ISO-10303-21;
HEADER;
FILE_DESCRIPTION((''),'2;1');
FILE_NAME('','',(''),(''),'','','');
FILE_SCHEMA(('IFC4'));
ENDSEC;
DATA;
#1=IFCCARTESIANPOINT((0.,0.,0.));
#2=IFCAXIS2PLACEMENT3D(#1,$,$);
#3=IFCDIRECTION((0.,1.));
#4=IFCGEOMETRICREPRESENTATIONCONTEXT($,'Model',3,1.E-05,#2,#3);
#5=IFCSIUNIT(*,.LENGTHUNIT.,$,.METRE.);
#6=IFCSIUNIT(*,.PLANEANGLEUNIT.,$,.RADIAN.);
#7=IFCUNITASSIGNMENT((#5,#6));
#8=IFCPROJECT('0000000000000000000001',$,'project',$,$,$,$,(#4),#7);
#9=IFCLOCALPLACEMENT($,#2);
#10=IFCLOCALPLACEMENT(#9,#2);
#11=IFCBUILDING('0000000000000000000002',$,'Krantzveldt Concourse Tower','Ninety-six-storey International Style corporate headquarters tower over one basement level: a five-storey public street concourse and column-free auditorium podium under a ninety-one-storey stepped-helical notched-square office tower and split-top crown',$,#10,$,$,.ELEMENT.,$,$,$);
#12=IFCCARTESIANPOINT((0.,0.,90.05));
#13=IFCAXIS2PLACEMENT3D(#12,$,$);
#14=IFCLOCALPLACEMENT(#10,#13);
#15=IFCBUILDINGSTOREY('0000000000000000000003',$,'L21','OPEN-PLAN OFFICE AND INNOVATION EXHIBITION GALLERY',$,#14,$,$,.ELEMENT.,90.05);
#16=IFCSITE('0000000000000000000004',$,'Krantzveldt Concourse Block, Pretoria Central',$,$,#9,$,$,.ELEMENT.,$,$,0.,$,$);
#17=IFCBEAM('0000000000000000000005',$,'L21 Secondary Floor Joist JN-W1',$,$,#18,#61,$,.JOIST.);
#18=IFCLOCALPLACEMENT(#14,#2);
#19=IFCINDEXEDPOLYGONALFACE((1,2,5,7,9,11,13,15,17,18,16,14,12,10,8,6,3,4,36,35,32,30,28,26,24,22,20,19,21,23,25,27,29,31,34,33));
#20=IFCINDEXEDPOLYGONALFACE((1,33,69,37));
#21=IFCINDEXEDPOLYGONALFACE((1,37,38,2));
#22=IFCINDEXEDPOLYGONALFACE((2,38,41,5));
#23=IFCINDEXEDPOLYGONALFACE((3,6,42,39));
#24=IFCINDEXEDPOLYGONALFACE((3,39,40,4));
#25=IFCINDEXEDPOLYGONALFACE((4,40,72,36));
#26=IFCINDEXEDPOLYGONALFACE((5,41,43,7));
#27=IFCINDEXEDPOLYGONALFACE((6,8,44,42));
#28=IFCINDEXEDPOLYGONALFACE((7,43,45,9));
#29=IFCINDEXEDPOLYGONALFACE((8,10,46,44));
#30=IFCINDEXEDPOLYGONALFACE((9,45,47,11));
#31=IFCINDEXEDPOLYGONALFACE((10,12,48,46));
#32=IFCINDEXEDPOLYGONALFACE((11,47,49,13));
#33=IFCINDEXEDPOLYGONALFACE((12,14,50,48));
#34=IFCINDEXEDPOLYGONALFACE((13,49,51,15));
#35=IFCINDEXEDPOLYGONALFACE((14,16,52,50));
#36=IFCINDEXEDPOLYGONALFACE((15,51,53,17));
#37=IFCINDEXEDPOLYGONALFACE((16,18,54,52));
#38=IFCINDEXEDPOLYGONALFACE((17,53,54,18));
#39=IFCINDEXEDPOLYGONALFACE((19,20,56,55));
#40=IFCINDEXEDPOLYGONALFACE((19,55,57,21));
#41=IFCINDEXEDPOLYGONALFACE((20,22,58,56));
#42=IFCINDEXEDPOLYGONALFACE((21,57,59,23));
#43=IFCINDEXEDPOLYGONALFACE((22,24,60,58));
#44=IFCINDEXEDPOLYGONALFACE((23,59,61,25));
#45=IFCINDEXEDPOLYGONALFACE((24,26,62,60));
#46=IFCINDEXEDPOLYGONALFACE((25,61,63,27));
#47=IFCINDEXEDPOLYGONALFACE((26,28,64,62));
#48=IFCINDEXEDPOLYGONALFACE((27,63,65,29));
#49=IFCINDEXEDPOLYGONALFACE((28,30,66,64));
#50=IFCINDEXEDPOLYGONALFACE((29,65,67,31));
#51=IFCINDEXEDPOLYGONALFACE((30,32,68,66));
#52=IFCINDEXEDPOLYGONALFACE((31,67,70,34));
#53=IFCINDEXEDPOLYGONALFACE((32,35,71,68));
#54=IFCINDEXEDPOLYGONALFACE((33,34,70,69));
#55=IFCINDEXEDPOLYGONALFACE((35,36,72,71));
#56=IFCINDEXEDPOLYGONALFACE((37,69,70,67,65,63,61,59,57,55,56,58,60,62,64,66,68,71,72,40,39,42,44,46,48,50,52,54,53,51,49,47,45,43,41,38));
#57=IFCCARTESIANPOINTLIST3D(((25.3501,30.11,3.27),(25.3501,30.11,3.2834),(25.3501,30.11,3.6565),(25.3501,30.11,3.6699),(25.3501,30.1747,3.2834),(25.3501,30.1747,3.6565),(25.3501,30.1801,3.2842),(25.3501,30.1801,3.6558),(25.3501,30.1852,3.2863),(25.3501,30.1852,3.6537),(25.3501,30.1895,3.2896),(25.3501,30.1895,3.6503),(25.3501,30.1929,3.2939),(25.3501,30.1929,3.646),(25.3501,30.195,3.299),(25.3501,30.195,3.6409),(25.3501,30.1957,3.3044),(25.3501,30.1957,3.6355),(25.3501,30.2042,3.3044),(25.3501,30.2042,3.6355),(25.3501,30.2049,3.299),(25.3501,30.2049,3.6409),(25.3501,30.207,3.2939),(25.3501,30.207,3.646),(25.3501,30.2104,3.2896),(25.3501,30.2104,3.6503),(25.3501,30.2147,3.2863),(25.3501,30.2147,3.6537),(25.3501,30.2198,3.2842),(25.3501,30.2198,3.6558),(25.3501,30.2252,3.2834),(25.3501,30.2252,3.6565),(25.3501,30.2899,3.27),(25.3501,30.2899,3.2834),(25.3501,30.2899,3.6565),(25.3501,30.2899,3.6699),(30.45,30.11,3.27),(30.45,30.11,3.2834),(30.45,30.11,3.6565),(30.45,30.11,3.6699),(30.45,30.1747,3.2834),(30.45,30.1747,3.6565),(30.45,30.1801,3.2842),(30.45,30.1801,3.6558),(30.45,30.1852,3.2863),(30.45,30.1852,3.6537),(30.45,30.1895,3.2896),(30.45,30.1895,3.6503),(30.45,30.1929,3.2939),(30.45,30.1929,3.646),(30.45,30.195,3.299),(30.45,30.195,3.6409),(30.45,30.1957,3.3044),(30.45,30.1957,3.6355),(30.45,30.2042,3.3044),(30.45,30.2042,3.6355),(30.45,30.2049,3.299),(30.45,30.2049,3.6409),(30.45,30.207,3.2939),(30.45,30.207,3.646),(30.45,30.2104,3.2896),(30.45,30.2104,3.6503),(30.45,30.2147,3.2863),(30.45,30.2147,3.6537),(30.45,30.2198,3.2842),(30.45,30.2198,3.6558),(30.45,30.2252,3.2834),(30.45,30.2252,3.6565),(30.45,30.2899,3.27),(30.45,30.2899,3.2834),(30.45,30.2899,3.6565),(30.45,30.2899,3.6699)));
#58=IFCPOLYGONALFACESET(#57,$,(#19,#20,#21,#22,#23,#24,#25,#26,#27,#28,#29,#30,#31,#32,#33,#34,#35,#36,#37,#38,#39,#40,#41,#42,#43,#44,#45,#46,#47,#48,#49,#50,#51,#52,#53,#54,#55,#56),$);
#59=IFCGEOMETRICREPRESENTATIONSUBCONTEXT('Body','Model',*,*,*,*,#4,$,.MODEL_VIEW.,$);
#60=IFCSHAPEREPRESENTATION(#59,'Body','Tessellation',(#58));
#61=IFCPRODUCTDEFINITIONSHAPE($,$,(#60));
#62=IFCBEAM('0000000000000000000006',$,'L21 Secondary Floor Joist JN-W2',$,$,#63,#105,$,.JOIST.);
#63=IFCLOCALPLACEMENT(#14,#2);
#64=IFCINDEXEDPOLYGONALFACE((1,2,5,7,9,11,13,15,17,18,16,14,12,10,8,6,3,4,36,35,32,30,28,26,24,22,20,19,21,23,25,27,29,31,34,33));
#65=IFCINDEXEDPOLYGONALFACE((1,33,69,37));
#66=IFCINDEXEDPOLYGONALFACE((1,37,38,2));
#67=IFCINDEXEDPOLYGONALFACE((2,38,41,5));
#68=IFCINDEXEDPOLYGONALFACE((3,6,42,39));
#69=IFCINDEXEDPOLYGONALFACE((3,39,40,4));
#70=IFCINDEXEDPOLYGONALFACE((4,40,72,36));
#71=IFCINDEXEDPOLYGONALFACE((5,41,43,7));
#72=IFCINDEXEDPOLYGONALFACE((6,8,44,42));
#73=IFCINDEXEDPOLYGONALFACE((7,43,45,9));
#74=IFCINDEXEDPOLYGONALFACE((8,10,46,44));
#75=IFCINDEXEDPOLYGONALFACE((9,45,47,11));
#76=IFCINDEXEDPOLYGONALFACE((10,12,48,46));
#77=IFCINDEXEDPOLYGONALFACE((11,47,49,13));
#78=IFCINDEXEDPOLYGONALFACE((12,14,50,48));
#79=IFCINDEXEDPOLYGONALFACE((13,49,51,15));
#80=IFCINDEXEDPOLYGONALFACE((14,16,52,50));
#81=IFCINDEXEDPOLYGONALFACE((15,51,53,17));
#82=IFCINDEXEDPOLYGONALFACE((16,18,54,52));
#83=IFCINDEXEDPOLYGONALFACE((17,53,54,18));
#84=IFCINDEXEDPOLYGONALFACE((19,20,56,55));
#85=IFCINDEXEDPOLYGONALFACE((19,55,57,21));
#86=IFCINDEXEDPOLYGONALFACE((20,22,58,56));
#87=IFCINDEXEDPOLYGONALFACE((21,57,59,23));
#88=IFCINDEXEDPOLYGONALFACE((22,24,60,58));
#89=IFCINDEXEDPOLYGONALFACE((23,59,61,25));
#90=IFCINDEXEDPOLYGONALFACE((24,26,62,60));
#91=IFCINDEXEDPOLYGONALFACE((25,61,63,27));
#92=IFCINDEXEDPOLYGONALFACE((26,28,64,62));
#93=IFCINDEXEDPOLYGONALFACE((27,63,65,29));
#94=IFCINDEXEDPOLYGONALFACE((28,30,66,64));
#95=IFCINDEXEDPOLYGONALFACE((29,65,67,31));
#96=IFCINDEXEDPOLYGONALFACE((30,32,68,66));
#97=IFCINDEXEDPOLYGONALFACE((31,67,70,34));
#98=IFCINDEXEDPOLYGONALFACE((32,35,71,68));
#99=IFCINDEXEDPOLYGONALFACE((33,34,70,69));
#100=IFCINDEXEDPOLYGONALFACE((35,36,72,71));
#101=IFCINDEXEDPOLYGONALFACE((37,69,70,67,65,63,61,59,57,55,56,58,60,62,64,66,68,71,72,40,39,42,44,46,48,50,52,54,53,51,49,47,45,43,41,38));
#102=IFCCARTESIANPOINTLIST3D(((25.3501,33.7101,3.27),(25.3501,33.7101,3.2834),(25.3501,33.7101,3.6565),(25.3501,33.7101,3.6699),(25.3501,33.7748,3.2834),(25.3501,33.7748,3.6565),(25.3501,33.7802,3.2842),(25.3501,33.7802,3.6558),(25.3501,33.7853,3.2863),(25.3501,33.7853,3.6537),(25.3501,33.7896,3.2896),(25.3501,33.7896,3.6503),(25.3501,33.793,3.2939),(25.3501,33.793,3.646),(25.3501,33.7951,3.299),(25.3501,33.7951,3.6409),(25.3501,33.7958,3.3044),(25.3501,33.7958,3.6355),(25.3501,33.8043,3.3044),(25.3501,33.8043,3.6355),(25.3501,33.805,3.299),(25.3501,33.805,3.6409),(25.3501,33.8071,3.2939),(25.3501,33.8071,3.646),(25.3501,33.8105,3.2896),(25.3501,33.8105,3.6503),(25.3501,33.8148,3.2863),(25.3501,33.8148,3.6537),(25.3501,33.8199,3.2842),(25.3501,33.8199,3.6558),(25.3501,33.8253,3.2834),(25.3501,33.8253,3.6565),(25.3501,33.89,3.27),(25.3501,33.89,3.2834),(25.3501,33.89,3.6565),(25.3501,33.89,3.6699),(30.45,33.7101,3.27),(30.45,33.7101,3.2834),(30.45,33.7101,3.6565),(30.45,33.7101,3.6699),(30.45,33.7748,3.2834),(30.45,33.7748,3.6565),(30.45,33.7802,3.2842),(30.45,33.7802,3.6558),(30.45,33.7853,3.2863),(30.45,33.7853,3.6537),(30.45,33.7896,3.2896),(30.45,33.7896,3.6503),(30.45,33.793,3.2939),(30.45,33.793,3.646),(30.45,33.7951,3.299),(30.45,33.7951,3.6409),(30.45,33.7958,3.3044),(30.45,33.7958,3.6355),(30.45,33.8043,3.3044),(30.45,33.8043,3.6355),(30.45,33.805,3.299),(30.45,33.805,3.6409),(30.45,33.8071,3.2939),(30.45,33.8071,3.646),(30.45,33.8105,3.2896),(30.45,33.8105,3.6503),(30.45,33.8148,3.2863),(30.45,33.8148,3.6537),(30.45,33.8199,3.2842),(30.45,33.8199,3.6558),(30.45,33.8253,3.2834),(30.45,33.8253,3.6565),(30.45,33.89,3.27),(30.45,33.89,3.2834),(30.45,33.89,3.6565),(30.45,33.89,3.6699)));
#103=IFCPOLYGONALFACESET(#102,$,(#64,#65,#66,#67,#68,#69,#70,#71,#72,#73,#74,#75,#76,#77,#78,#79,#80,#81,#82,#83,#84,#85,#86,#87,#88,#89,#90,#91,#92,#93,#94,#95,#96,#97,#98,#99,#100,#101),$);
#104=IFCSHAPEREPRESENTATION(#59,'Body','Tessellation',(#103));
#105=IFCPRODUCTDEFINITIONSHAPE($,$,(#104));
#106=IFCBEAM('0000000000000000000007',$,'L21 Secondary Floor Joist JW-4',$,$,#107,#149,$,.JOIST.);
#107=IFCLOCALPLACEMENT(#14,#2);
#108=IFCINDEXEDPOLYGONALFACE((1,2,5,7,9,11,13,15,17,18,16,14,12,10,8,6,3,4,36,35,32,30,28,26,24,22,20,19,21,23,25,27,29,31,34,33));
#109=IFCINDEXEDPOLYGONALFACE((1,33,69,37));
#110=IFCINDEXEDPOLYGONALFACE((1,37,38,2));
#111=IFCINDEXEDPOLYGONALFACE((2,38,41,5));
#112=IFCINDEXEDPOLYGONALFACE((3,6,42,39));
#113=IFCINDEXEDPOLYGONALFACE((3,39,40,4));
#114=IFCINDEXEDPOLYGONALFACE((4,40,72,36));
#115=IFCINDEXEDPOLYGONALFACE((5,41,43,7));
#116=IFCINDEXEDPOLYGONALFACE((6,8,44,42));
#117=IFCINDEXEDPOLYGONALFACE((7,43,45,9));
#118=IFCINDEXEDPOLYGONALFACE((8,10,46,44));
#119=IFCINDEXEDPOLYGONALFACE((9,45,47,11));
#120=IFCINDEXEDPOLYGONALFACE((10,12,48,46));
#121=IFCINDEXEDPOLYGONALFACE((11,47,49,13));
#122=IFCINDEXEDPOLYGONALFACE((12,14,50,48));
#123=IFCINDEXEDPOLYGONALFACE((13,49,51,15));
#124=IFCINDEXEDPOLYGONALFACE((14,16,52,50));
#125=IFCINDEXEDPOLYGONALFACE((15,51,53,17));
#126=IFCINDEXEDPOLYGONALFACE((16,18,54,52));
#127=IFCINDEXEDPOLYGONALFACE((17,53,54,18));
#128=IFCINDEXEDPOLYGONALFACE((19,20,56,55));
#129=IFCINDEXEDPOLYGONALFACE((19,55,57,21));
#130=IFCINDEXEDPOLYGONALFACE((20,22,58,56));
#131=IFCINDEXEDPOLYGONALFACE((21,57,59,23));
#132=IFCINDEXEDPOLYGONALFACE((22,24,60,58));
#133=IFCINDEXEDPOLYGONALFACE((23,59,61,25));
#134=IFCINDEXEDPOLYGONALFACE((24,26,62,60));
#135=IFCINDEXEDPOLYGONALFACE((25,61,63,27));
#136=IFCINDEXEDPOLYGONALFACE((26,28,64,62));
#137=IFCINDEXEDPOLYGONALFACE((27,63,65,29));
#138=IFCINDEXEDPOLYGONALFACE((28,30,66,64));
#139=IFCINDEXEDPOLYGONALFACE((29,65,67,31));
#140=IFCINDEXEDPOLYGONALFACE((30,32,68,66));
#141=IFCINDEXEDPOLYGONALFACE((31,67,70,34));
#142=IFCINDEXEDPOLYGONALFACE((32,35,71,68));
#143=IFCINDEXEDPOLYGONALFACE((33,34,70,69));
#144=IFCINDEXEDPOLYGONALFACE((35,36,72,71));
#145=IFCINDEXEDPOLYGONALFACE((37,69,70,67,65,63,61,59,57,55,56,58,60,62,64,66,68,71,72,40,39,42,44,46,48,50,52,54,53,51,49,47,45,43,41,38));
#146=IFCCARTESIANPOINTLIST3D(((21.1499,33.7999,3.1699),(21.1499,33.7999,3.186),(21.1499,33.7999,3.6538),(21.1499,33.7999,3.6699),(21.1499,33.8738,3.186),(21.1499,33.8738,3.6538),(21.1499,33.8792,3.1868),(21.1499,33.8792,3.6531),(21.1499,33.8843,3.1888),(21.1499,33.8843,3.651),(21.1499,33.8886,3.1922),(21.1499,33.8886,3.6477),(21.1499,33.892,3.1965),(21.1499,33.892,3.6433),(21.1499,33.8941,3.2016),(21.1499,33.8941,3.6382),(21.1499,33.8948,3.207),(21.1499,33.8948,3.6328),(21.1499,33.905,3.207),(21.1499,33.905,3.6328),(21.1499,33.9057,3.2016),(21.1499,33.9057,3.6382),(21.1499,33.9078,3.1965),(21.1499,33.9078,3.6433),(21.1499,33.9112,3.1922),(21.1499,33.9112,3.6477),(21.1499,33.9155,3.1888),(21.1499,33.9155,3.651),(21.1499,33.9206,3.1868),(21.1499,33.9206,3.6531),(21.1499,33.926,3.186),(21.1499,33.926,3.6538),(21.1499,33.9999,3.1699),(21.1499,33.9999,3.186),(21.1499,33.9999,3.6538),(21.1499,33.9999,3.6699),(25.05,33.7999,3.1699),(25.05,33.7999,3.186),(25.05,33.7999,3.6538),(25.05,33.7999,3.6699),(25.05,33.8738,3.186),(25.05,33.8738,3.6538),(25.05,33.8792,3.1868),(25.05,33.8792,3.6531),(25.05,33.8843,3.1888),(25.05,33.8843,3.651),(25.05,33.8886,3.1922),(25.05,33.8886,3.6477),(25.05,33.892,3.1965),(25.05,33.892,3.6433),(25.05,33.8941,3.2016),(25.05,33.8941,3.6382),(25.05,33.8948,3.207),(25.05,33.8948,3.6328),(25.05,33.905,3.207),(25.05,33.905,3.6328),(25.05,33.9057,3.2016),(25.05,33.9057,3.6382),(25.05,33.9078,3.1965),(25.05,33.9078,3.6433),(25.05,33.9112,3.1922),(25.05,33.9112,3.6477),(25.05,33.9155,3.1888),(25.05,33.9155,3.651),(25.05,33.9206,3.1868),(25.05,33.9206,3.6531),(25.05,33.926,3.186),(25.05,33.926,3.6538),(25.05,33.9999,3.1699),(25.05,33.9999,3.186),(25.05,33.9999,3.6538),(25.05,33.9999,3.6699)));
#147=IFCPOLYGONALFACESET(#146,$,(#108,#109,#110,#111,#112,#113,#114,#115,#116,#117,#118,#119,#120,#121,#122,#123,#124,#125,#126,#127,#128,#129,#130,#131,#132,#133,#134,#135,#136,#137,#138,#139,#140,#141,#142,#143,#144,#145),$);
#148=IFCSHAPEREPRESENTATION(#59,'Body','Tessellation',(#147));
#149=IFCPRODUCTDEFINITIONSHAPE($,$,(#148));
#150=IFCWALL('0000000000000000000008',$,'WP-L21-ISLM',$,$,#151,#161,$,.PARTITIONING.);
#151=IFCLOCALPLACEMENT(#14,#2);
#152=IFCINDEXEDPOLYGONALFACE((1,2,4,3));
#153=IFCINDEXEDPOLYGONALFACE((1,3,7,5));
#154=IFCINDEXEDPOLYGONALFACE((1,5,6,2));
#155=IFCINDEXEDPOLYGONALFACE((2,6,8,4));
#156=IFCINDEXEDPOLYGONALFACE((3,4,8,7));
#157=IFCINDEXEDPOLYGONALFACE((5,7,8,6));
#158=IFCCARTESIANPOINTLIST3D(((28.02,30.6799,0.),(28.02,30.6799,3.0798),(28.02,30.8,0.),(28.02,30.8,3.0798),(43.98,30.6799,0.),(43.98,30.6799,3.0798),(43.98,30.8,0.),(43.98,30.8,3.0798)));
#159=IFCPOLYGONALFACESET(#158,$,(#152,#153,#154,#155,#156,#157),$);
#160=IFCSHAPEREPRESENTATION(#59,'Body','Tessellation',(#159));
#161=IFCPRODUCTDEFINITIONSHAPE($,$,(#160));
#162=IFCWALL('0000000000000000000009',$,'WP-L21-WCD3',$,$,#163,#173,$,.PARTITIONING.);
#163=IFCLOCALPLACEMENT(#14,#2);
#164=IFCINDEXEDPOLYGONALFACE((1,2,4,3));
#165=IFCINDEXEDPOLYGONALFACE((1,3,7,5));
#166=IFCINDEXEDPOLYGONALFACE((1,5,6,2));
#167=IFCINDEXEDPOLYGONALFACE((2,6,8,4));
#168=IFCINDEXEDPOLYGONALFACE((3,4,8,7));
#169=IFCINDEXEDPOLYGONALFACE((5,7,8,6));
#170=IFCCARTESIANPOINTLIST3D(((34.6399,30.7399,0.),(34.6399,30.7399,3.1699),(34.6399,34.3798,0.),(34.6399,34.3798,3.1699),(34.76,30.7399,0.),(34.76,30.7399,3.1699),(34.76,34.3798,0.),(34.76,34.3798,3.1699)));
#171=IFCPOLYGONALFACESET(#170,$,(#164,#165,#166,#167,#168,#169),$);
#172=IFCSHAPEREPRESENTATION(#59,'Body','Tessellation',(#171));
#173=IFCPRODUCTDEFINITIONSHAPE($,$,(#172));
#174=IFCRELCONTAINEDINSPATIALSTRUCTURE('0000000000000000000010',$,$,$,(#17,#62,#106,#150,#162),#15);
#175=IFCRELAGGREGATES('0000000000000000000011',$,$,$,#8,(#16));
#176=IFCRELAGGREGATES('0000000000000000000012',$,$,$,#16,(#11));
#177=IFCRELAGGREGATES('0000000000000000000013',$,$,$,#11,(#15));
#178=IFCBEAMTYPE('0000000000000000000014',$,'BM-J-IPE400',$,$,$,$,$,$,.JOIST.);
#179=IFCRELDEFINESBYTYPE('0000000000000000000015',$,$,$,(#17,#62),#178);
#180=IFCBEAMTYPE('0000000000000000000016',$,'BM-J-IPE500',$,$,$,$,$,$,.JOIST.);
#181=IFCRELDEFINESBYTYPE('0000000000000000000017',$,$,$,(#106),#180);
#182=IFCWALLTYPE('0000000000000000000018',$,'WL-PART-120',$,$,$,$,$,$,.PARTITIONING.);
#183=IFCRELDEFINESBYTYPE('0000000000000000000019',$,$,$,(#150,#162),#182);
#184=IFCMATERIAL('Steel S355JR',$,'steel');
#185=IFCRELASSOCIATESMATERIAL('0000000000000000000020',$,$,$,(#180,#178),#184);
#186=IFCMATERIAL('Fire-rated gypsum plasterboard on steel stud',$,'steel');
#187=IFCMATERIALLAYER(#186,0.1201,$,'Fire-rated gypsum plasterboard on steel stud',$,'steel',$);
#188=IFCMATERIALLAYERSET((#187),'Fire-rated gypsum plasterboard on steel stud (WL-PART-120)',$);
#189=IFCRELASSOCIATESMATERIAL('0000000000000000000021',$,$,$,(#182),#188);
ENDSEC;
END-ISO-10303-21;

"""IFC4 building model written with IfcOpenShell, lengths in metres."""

from ifc_helpers import new_model, si_unit, direction, frame, frame_2d, origin, origin_2d, place, context, subcontext, project, spatial, rectangle, i_section, extrude, source, transform, mapped, material, layer, layer_set, material_profile, profile_set, type_object, type_shapes, element, save


model = new_model("IFC4")

# Units and contexts
model_context = context("Model", 3, precision=1e-05, world=origin(), true_north=direction((0.0, 1.0)))
body_context = subcontext(model_context, "Body", "Model", "MODEL_VIEW")
ifc_project = project(units=[si_unit("LENGTHUNIT", "METRE"), si_unit("PLANEANGLEUNIT", "RADIAN")], contexts=[model_context])

# Site, building, storey
site_placement = place(None, origin())
site = spatial("IfcSite", under=ifc_project, at=site_placement, Name="Krantzveldt Concourse Block, Pretoria Central", CompositionType="ELEMENT", RefElevation=0.0)
building_placement = place(site_placement, origin())
building = spatial("IfcBuilding", under=site, at=building_placement, Name="Krantzveldt Concourse Tower", Description="Ninety-six-storey International Style corporate headquarters tower over one basement level: a five-storey public street concourse and column-free auditorium podium under a ninety-one-storey stepped-helical notched-square office tower and split-top crown", CompositionType="ELEMENT")
storey_placement = place(building_placement, frame((0.0, 0.0, 90.05)))
storey = spatial("IfcBuildingStorey", under=building, at=storey_placement, Name="L21", Description="OPEN-PLAN OFFICE AND INNOVATION EXHIBITION GALLERY", CompositionType="ELEMENT", Elevation=90.05)

# Beams
ifc_material_1 = material(Name="Steel S355JR", Category="steel")
ifc_material_profile_1 = material_profile(ifc_material_1, i_section(OverallWidth=0.2, OverallDepth=0.5, WebThickness=0.0103, FlangeThickness=0.0161, FilletRadius=0.021, at=origin_2d()), Name="Steel S355JR", Category="steel")
ifc_profile_set_1 = profile_set([ifc_material_profile_1], Name="Steel S355JR - IPE 500")
beam_type_1 = type_object("IfcBeamType", Name="BM-J-IPE500", PredefinedType="JOIST", material=ifc_profile_set_1)
ifc_material_profile_2 = material_profile(ifc_material_1, i_section(OverallWidth=0.1799, OverallDepth=0.3999, WebThickness=0.0085, FlangeThickness=0.0134, FilletRadius=0.021, at=origin_2d()), Name="Steel S355JR", Category="steel")
ifc_profile_set_2 = profile_set([ifc_material_profile_2], Name="Steel S355JR - IPE 400")
beam_type_2 = type_object("IfcBeamType", Name="BM-J-IPE400", PredefinedType="JOIST", material=ifc_profile_set_2)
shared_shape_1 = source(origin(), body_context, "Body", "SweptSolid", [
    extrude(i_section(OverallWidth=0.1799, OverallDepth=0.3999, WebThickness=0.0085, FlangeThickness=0.0134, FilletRadius=0.021, at=origin_2d()), origin(), (0.0, 0.0, 1.0), 5.0999),
])
type_shapes(beam_type_2, [shared_shape_1])
for number, where, z_axis, x_axis, name in (
    (1, (25.3501, 30.2, 3.47), (1.0, 0.0, 0.0), (0.0, 1.0, 0.0), "L21 Secondary Floor Joist JN-W1"),
    (2, (25.3501, 33.8, 3.47), (1.0, 0.0, 0.0), (0.0, 1.0, 0.0), "L21 Secondary Floor Joist JN-W2"),
):
    element("IfcBeam", number, at=place(storey_placement, frame(where, z_axis=z_axis, x_axis=x_axis)), inside=storey, type_object=beam_type_2, Name=name, PredefinedType="JOIST", context=body_context, shape_type="MappedRepresentation", body=[
        mapped(shared_shape_1, transform((0.0, 0.0, 0.0), x_axis=(1.0, 0.0, 0.0), y_axis=(0.0, 1.0, 0.0), z_axis=(0.0, 0.0, 1.0), scale=1.0)),
    ])
shared_shape_2 = source(origin(), body_context, "Body", "SweptSolid", [
    extrude(i_section(OverallWidth=0.2, OverallDepth=0.5, WebThickness=0.0103, FlangeThickness=0.0161, FilletRadius=0.021, at=origin_2d()), origin(), (0.0, 0.0, 1.0), 3.9001),
])
beam_1_placement = place(storey_placement, frame((21.1499, 33.8999, 3.4199), z_axis=(1.0, 0.0, 0.0), x_axis=(0.0, 1.0, 0.0)))
element("IfcBeam", 3, at=beam_1_placement, inside=storey, type_object=beam_type_1, Name="L21 Secondary Floor Joist JW-4", PredefinedType="JOIST", context=body_context, shape_type="MappedRepresentation", body=[
    mapped(shared_shape_2, transform((0.0, 0.0, 0.0), x_axis=(1.0, 0.0, 0.0), y_axis=(0.0, 1.0, 0.0), z_axis=(0.0, 0.0, 1.0), scale=1.0)),
])

# Walls
ifc_material_2 = material(Name="Fire-rated gypsum plasterboard on steel stud", Category="steel")
ifc_layer_1 = layer(ifc_material_2, 0.1201, Name="Fire-rated gypsum plasterboard on steel stud", Category="steel")
ifc_layer_set_1 = layer_set([ifc_layer_1], Name="Fire-rated gypsum plasterboard on steel stud (WL-PART-120)")
wall_type_1 = type_object("IfcWallType", Name="WL-PART-120", PredefinedType="PARTITIONING", material=ifc_layer_set_1)
wall_1_placement = place(storey_placement, frame((28.02, 30.74, 0.0), z_axis=(0.0, 0.0, 1.0), x_axis=(1.0, 0.0, 0.0)))
element("IfcWall", 4, at=wall_1_placement, inside=storey, type_object=wall_type_1, Name="WP-L21-ISLM", PredefinedType="PARTITIONING", context=body_context, shape_type="SweptSolid", body=[
    extrude(rectangle(XDim=15.96, YDim=0.1201, at=frame_2d((7.98, 0.0))), origin(), (0.0, 0.0, 1.0), 3.0798),
])
wall_2_placement = place(storey_placement, frame((34.7, 30.74, 0.0), z_axis=(0.0, 0.0, 1.0), x_axis=(0.0, 1.0, 0.0)))
element("IfcWall", 5, at=wall_2_placement, inside=storey, type_object=wall_type_1, Name="WP-L21-WCD3", PredefinedType="PARTITIONING", context=body_context, shape_type="SweptSolid", body=[
    extrude(rectangle(XDim=3.6399, YDim=0.1201, at=frame_2d((1.8198, 0.0))), origin(), (0.0, 0.0, 1.0), 3.1699),
])

save(model, "model.ifc")
